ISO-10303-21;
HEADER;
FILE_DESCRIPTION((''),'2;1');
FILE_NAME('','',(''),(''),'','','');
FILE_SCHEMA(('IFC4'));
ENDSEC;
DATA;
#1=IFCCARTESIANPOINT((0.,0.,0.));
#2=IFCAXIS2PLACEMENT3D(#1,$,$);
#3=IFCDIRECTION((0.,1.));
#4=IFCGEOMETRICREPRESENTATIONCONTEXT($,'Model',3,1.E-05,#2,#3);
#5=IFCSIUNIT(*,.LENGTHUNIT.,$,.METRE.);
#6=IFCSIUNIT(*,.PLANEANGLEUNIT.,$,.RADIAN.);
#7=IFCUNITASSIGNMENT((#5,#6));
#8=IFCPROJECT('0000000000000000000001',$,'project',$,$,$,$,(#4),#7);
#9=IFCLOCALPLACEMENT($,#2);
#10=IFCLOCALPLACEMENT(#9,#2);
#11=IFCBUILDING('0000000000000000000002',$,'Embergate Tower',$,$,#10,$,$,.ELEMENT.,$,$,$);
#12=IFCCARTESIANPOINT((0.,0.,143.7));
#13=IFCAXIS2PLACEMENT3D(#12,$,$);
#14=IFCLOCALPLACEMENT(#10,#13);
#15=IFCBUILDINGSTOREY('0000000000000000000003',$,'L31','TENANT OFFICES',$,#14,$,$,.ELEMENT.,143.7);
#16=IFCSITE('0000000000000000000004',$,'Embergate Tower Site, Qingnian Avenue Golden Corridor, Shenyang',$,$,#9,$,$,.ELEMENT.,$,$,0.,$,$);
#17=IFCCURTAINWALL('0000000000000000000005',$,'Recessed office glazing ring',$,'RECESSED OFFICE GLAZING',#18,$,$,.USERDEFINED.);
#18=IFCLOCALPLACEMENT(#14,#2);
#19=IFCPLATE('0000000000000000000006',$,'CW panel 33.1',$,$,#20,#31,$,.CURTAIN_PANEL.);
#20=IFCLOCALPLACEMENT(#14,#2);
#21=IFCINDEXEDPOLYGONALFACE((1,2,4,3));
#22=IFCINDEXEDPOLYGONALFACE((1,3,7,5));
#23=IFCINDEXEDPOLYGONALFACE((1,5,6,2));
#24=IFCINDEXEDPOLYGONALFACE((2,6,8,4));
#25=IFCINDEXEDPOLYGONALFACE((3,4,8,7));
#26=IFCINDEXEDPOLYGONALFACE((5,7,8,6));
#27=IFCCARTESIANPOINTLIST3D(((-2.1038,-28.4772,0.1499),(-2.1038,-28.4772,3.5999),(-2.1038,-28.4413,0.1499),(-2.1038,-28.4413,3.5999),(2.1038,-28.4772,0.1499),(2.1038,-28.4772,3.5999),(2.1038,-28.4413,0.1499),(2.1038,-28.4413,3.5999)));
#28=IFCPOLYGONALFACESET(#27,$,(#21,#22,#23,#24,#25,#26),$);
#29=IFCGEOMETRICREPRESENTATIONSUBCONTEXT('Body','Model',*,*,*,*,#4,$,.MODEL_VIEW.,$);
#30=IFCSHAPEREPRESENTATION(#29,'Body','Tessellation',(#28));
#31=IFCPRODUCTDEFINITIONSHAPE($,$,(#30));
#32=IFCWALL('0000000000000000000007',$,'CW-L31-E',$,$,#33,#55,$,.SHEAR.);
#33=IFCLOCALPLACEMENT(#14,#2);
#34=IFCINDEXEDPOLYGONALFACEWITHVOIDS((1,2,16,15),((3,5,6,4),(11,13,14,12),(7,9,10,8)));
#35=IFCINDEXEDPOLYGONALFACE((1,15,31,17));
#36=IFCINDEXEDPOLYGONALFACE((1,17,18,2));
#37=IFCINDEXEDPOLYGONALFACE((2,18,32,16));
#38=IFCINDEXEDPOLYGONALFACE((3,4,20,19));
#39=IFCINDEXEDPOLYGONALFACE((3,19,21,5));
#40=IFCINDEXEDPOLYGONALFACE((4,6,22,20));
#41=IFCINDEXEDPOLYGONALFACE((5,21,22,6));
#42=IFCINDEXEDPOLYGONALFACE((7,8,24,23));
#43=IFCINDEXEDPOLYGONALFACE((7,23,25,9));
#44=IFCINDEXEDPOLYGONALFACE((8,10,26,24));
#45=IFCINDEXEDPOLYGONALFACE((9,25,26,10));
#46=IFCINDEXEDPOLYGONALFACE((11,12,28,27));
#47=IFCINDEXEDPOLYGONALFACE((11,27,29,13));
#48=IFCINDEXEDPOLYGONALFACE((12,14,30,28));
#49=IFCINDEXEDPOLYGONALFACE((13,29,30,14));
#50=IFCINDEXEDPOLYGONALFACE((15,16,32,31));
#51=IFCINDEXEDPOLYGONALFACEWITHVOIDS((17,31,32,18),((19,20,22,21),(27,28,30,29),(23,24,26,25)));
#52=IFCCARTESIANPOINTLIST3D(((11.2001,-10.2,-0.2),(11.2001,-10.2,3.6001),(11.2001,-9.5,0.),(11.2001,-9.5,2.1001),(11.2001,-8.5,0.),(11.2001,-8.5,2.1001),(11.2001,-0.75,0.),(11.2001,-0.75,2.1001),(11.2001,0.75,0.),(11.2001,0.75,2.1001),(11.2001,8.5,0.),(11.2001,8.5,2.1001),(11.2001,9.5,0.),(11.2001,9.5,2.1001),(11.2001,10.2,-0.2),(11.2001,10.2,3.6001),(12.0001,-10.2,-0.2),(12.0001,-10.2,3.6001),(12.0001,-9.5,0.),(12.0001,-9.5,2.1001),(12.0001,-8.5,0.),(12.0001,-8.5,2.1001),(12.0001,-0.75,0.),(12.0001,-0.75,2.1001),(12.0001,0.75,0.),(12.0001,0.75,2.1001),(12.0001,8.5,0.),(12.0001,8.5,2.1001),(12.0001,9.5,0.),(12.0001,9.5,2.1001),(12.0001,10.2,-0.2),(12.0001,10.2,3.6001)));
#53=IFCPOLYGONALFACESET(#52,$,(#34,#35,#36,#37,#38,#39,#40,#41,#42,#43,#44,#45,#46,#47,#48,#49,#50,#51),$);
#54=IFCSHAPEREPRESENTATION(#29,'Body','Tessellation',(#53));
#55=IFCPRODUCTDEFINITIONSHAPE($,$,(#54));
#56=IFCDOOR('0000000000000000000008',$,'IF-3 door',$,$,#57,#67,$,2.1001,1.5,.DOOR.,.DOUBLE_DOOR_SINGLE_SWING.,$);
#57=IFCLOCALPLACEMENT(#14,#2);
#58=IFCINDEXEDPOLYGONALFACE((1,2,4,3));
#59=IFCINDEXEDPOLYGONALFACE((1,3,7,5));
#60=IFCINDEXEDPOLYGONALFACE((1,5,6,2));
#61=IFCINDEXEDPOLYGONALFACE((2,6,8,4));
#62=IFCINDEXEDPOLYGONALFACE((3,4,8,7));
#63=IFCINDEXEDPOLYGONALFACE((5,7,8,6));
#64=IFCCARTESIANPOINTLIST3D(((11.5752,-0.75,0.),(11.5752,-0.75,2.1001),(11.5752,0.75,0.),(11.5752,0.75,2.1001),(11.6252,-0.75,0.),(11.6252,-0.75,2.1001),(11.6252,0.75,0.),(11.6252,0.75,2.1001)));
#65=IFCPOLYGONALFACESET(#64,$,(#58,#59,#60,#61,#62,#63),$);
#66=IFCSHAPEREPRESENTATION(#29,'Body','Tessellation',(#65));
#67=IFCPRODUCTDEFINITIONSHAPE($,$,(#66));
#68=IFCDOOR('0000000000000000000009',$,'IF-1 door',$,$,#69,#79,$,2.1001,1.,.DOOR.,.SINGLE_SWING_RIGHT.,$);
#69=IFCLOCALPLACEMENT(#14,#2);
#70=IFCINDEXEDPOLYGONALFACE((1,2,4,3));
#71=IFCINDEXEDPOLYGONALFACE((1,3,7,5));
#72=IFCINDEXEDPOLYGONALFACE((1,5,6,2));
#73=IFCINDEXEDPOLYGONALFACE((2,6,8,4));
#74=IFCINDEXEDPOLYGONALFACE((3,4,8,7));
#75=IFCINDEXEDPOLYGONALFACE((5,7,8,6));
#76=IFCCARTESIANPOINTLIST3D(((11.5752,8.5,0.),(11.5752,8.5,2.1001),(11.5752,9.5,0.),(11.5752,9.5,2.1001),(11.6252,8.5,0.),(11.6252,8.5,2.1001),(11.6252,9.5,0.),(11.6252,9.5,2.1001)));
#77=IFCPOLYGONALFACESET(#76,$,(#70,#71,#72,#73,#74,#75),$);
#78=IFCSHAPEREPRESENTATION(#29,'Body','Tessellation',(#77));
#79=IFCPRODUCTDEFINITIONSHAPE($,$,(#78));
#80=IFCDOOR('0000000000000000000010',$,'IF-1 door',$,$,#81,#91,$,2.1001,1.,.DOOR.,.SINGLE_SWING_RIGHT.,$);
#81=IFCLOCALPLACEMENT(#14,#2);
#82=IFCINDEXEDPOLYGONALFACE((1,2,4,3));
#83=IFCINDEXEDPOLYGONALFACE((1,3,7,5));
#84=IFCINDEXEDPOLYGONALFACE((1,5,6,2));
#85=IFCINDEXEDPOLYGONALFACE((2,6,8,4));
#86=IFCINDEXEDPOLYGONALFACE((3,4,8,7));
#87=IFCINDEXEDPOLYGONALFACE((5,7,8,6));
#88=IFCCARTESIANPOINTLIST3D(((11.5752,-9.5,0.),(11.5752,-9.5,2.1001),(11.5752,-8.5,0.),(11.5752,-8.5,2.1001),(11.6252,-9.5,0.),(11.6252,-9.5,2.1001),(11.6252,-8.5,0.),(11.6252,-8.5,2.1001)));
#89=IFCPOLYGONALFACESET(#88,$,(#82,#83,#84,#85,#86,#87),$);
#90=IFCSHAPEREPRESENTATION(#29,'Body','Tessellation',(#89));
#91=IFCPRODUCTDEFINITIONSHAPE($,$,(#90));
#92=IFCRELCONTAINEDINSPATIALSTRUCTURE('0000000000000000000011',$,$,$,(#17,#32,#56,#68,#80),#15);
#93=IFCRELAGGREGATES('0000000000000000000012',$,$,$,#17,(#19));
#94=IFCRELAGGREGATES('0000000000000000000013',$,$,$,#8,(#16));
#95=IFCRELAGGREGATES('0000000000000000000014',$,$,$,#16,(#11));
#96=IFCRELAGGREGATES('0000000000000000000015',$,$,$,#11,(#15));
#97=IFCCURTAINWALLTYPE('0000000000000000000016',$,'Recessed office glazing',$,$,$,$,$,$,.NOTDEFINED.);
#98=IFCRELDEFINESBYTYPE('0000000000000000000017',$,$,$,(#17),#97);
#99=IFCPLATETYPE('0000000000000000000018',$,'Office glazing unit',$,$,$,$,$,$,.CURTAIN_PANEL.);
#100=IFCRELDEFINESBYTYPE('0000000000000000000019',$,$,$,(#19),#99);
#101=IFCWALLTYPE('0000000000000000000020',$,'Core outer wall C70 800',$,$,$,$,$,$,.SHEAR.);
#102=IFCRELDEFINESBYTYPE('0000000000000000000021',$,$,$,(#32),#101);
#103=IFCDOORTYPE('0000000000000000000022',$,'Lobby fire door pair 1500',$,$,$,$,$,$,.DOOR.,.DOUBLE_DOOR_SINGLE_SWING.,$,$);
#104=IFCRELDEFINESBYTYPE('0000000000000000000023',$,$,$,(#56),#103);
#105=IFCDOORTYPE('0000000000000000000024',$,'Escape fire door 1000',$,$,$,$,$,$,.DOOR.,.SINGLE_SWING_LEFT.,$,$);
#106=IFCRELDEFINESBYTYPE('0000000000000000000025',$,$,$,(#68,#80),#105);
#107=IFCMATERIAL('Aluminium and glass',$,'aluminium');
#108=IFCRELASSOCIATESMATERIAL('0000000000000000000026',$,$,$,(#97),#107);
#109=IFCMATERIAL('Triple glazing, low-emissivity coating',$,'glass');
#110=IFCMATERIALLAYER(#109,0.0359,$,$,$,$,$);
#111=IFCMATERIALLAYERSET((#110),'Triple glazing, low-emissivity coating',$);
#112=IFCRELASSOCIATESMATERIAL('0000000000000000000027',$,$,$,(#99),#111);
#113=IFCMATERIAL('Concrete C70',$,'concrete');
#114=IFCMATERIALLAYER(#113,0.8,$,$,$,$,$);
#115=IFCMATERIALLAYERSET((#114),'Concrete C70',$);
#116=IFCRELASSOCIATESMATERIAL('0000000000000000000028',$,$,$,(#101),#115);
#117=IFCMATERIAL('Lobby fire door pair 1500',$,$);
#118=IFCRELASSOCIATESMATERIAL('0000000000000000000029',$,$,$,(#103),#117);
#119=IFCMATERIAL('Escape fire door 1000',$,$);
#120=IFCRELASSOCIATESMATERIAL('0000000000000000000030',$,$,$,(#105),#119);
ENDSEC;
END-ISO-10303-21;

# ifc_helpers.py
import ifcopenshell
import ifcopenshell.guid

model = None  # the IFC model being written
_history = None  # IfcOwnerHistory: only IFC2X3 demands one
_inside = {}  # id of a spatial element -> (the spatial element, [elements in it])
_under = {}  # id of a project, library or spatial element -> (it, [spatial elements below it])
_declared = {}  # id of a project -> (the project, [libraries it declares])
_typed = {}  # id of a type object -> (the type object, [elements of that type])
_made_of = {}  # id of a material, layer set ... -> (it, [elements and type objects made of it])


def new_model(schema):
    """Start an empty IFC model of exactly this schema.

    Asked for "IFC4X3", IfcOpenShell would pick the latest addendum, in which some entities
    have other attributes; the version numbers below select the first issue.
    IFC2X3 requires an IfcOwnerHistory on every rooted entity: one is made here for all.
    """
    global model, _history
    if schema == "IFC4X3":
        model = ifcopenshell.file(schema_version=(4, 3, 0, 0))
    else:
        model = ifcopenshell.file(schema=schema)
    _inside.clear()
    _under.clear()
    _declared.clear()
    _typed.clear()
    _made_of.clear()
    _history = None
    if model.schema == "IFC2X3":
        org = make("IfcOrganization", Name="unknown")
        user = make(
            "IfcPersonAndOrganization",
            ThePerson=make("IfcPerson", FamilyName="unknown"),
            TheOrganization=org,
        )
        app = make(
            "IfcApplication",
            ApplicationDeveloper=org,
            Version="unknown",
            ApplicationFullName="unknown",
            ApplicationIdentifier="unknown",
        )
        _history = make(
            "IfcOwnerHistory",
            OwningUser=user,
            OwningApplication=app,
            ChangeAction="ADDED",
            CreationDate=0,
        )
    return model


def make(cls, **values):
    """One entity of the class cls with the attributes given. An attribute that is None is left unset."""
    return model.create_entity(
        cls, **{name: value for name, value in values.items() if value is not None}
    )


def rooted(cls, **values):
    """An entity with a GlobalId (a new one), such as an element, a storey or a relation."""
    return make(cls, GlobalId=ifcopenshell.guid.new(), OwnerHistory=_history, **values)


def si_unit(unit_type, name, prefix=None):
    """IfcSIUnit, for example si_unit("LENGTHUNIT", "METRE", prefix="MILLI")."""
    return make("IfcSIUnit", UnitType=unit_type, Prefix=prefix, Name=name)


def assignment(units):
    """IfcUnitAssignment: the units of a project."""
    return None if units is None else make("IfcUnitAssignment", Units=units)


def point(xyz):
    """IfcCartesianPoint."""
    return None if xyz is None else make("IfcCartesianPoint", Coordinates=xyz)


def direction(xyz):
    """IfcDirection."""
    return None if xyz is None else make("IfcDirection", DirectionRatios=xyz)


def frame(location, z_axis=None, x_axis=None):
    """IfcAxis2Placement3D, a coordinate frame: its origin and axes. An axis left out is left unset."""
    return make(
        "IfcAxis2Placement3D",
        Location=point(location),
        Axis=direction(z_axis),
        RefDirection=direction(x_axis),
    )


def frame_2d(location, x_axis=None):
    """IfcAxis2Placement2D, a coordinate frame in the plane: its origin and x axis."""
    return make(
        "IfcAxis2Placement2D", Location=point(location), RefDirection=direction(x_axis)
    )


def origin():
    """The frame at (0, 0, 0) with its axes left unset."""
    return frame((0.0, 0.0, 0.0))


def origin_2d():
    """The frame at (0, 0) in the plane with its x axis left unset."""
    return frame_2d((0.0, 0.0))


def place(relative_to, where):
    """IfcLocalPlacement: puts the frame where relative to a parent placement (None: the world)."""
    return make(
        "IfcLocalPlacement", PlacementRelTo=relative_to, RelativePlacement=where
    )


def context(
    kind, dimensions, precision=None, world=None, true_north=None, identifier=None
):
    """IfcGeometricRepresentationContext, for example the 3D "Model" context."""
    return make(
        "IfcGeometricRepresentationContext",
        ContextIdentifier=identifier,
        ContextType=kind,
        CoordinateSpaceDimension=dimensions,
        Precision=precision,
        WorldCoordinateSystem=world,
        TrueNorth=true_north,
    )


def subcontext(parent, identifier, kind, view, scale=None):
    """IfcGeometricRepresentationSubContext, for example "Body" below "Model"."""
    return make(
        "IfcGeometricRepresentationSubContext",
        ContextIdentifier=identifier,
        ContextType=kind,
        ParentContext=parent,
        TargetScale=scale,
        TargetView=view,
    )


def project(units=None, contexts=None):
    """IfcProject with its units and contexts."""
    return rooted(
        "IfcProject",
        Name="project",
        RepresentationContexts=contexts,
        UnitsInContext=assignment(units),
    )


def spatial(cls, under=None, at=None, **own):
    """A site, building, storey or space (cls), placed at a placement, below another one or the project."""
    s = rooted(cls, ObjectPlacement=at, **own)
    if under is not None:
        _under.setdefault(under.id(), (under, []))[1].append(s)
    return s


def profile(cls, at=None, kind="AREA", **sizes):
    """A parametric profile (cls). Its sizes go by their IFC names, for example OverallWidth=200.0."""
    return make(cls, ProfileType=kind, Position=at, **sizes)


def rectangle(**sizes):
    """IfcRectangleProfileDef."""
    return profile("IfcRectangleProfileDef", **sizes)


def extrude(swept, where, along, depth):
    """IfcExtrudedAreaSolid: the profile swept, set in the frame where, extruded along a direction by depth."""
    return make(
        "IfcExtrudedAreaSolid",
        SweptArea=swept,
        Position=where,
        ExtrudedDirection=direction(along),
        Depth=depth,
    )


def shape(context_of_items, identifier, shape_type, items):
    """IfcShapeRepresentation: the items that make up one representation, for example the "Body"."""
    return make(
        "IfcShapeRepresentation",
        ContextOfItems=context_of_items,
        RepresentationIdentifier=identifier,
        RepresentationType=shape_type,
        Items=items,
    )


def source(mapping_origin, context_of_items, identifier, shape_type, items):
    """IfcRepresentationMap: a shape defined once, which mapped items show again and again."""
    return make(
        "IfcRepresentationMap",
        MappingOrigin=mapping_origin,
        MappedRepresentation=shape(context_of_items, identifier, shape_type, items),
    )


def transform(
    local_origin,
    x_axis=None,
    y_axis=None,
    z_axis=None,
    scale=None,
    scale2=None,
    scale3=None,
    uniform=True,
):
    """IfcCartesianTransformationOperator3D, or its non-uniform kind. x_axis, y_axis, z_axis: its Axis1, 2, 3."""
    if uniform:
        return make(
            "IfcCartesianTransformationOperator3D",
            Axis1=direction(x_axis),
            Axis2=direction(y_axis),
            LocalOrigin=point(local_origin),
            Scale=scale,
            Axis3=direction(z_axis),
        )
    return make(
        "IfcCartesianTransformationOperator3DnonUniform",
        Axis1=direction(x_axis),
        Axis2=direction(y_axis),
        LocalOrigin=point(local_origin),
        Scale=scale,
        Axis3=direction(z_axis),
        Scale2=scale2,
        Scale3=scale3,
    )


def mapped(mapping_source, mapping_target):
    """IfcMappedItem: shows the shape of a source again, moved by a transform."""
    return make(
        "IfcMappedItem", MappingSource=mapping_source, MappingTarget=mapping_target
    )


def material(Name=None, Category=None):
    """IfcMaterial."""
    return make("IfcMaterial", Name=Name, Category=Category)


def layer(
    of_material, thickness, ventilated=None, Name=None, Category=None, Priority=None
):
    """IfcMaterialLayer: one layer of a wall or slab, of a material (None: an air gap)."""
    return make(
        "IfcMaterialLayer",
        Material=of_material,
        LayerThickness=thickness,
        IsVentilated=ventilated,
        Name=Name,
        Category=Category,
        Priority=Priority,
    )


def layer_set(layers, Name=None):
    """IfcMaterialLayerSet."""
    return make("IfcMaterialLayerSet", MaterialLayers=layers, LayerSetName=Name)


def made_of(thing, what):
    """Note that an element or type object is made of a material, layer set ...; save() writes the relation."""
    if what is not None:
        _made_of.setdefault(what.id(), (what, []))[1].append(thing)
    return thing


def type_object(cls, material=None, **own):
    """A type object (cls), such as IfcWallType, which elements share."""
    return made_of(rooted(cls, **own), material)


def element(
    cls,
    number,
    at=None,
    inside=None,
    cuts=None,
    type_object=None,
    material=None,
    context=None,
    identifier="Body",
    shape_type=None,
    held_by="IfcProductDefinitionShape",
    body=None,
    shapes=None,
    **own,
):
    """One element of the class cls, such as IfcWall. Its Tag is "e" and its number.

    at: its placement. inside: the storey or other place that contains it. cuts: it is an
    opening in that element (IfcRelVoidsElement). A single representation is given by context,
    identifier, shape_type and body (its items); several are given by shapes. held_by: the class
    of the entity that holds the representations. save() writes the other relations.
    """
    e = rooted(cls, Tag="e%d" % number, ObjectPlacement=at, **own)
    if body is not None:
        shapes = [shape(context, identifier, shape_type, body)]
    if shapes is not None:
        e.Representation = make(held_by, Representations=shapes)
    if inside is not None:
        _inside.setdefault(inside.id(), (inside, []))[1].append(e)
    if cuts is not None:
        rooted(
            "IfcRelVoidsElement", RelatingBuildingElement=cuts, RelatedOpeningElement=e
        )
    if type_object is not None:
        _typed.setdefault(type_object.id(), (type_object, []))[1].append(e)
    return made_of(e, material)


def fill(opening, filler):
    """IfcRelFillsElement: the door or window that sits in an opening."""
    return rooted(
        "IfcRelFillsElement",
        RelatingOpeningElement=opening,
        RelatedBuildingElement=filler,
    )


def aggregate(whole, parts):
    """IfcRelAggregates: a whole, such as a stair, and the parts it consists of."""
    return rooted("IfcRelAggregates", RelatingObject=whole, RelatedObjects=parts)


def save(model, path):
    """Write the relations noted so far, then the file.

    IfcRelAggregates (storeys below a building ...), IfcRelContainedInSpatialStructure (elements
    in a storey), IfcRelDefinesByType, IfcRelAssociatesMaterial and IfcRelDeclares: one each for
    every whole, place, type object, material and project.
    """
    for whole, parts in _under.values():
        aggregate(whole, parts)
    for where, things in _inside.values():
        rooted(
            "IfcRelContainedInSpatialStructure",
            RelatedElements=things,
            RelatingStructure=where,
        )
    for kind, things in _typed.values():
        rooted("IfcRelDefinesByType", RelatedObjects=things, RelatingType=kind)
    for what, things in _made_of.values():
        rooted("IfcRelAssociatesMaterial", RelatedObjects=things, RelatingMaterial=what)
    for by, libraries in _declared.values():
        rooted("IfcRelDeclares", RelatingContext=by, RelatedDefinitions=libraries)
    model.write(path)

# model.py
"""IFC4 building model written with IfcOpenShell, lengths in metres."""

from ifc_helpers import new_model, si_unit, direction, frame, frame_2d, origin, origin_2d, place, context, subcontext, project, spatial, rectangle, extrude, source, transform, mapped, material, layer, layer_set, type_object, element, fill, aggregate, save


model = new_model("IFC4")

# Units and contexts
model_context = context("Model", 3, precision=1e-05, world=origin(), true_north=direction((0.0, 1.0)))
body_context = subcontext(model_context, "Body", "Model", "MODEL_VIEW")
ifc_project = project(units=[si_unit("LENGTHUNIT", "METRE"), si_unit("PLANEANGLEUNIT", "RADIAN")], contexts=[model_context])

# Site, building, storey
site_placement = place(None, origin())
site = spatial("IfcSite", under=ifc_project, at=site_placement, Name="Embergate Tower Site, Qingnian Avenue Golden Corridor, Shenyang", CompositionType="ELEMENT", RefElevation=0.0)
building_placement = place(site_placement, origin())
building = spatial("IfcBuilding", under=site, at=building_placement, Name="Embergate Tower", CompositionType="ELEMENT")
storey_placement = place(building_placement, frame((0.0, 0.0, 143.7)))
storey = spatial("IfcBuildingStorey", under=building, at=storey_placement, Name="L31", Description="TENANT OFFICES", CompositionType="ELEMENT", Elevation=143.7)

# Shared definitions
ifc_material_1 = material(Name="Concrete C70", Category="concrete")

# Curtain wall
ifc_material_2 = material(Name="Aluminium and glass", Category="aluminium")
curtain_wall_type = type_object("IfcCurtainWallType", Name="Recessed office glazing", PredefinedType="NOTDEFINED", material=ifc_material_2)
curtain_wall_placement = place(storey_placement, origin())
curtain_wall = element("IfcCurtainWall", 1, at=curtain_wall_placement, inside=storey, type_object=curtain_wall_type, Name="Recessed office glazing ring", ObjectType="RECESSED OFFICE GLAZING", PredefinedType="USERDEFINED")

# Plate
ifc_material_3 = material(Name="Triple glazing, low-emissivity coating", Category="glass")
ifc_layer_1 = layer(ifc_material_3, 0.0359)
ifc_layer_set_1 = layer_set([ifc_layer_1], Name="Triple glazing, low-emissivity coating")
plate_type = type_object("IfcPlateType", Name="Office glazing unit", PredefinedType="CURTAIN_PANEL", material=ifc_layer_set_1)
shared_shape_1 = source(origin(), body_context, "Body", "SweptSolid", [
    extrude(rectangle(XDim=4.2075, YDim=0.0359, at=origin_2d()), origin(), (0.0, 0.0, 1.0), 3.45),
])
plate_1_placement = place(storey_placement, frame((0.0, -28.4592, 0.1499), z_axis=(0.0, 0.0, 1.0), x_axis=(1.0, 0.0, 0.0)))
plate_1 = element("IfcPlate", 2, at=plate_1_placement, type_object=plate_type, Name="CW panel 33.1", PredefinedType="CURTAIN_PANEL", context=body_context, shape_type="MappedRepresentation", body=[
    mapped(shared_shape_1, transform((0.0, 0.0, 0.0))),
])
aggregate(curtain_wall, [plate_1])

# Wall, openings, doors
ifc_layer_2 = layer(ifc_material_1, 0.8)
ifc_layer_set_2 = layer_set([ifc_layer_2], Name="Concrete C70")
wall_type_1 = type_object("IfcWallType", Name="Core outer wall C70 800", PredefinedType="SHEAR", material=ifc_layer_set_2)
shared_shape_2 = source(origin(), body_context, "Body", "SweptSolid", [
    extrude(rectangle(XDim=20.3999, YDim=0.8, at=frame_2d((10.2, 0.0))), origin(), (0.0, 0.0, 1.0), 3.8),
])
wall_1_placement = place(storey_placement, frame((11.6001, -10.2, -0.2), z_axis=(0.0, 0.0, 1.0), x_axis=(0.0, 1.0, 0.0)))
wall_1 = element("IfcWall", 3, at=wall_1_placement, inside=storey, type_object=wall_type_1, Name="CW-L31-E", PredefinedType="SHEAR", context=body_context, shape_type="MappedRepresentation", body=[
    mapped(shared_shape_2, transform((0.0, 0.0, 0.0))),
])
shared_shape_3 = source(origin(), body_context, "Body", "SweptSolid", [
    extrude(rectangle(XDim=1.0, YDim=2.1001, at=frame_2d((0.5, 1.05))), frame((0.0, 0.4099, 0.0), z_axis=(0.0, -1.0, 0.0), x_axis=(1.0, 0.0, 0.0)), (0.0, 0.0, 1.0), 0.8201),
])
opening_1_placement = place(wall_1_placement, frame((18.7, 0.0, 0.2)))
opening_1 = element("IfcOpeningElement", 4, at=opening_1_placement, cuts=wall_1, PredefinedType="OPENING", context=body_context, shape_type="MappedRepresentation", body=[
    mapped(shared_shape_3, transform((0.0, 0.0, 0.0))),
])
opening_2_placement = place(wall_1_placement, frame((0.7, 0.0, 0.2)))
opening_2 = element("IfcOpeningElement", 5, at=opening_2_placement, cuts=wall_1, PredefinedType="OPENING", context=body_context, shape_type="MappedRepresentation", body=[
    mapped(shared_shape_3, transform((0.0, 0.0, 0.0))),
])
shared_shape_4 = source(origin(), body_context, "Body", "SweptSolid", [
    extrude(rectangle(XDim=1.5, YDim=2.1001, at=frame_2d((0.75, 1.05))), frame((0.0, 0.4099, 0.0), z_axis=(0.0, -1.0, 0.0), x_axis=(1.0, 0.0, 0.0)), (0.0, 0.0, 1.0), 0.8201),
])
opening_3_placement = place(wall_1_placement, frame((9.45, 0.0, 0.2)))
opening_3 = element("IfcOpeningElement", 6, at=opening_3_placement, cuts=wall_1, PredefinedType="OPENING", context=body_context, shape_type="MappedRepresentation", body=[
    mapped(shared_shape_4, transform((0.0, 0.0, 0.0))),
])
ifc_material_4 = material(Name="Lobby fire door pair 1500")
door_type_1 = type_object("IfcDoorType", Name="Lobby fire door pair 1500", OperationType="DOUBLE_DOOR_SINGLE_SWING", PredefinedType="DOOR", material=ifc_material_4)
shared_shape_5 = source(origin(), body_context, "Body", "SweptSolid", [
    extrude(rectangle(XDim=1.5, YDim=2.1001, at=frame_2d((0.75, 1.05))), frame((0.0, 0.0249, 0.0), z_axis=(0.0, -1.0, 0.0), x_axis=(1.0, 0.0, 0.0)), (0.0, 0.0, 1.0), 0.05),
])
door_1_placement = place(opening_3_placement, origin())
door_1 = element("IfcDoor", 7, at=door_1_placement, inside=storey, type_object=door_type_1, Name="IF-3 door", OperationType="DOUBLE_DOOR_SINGLE_SWING", OverallHeight=2.1001, OverallWidth=1.5, PredefinedType="DOOR", context=body_context, shape_type="MappedRepresentation", body=[
    mapped(shared_shape_5, transform((0.0, 0.0, 0.0))),
])
fill(opening_3, door_1)
ifc_material_5 = material(Name="Escape fire door 1000")
door_type_2 = type_object("IfcDoorType", Name="Escape fire door 1000", OperationType="SINGLE_SWING_LEFT", PredefinedType="DOOR", material=ifc_material_5)
shared_shape_6 = source(origin(), body_context, "Body", "SweptSolid", [
    extrude(rectangle(XDim=1.0, YDim=2.1001, at=frame_2d((0.5, 1.05))), frame((0.0, 0.0249, 0.0), z_axis=(0.0, -1.0, 0.0), x_axis=(1.0, 0.0, 0.0)), (0.0, 0.0, 1.0), 0.05),
])
door_2_placement = place(opening_1_placement, origin())
door_2 = element("IfcDoor", 8, at=door_2_placement, inside=storey, type_object=door_type_2, Name="IF-1 door", OperationType="SINGLE_SWING_RIGHT", OverallHeight=2.1001, OverallWidth=1.0, PredefinedType="DOOR", context=body_context, shape_type="MappedRepresentation", body=[
    mapped(shared_shape_6, transform((0.0, 0.0, 0.0))),
])
fill(opening_1, door_2)
door_3_placement = place(opening_2_placement, origin())
door_3 = element("IfcDoor", 9, at=door_3_placement, inside=storey, type_object=door_type_2, Name="IF-1 door", OperationType="SINGLE_SWING_RIGHT", OverallHeight=2.1001, OverallWidth=1.0, PredefinedType="DOOR", context=body_context, shape_type="MappedRepresentation", body=[
    mapped(shared_shape_6, transform((0.0, 0.0, 0.0))),
])
fill(opening_2, door_3)

save(model, "model.ifc")
